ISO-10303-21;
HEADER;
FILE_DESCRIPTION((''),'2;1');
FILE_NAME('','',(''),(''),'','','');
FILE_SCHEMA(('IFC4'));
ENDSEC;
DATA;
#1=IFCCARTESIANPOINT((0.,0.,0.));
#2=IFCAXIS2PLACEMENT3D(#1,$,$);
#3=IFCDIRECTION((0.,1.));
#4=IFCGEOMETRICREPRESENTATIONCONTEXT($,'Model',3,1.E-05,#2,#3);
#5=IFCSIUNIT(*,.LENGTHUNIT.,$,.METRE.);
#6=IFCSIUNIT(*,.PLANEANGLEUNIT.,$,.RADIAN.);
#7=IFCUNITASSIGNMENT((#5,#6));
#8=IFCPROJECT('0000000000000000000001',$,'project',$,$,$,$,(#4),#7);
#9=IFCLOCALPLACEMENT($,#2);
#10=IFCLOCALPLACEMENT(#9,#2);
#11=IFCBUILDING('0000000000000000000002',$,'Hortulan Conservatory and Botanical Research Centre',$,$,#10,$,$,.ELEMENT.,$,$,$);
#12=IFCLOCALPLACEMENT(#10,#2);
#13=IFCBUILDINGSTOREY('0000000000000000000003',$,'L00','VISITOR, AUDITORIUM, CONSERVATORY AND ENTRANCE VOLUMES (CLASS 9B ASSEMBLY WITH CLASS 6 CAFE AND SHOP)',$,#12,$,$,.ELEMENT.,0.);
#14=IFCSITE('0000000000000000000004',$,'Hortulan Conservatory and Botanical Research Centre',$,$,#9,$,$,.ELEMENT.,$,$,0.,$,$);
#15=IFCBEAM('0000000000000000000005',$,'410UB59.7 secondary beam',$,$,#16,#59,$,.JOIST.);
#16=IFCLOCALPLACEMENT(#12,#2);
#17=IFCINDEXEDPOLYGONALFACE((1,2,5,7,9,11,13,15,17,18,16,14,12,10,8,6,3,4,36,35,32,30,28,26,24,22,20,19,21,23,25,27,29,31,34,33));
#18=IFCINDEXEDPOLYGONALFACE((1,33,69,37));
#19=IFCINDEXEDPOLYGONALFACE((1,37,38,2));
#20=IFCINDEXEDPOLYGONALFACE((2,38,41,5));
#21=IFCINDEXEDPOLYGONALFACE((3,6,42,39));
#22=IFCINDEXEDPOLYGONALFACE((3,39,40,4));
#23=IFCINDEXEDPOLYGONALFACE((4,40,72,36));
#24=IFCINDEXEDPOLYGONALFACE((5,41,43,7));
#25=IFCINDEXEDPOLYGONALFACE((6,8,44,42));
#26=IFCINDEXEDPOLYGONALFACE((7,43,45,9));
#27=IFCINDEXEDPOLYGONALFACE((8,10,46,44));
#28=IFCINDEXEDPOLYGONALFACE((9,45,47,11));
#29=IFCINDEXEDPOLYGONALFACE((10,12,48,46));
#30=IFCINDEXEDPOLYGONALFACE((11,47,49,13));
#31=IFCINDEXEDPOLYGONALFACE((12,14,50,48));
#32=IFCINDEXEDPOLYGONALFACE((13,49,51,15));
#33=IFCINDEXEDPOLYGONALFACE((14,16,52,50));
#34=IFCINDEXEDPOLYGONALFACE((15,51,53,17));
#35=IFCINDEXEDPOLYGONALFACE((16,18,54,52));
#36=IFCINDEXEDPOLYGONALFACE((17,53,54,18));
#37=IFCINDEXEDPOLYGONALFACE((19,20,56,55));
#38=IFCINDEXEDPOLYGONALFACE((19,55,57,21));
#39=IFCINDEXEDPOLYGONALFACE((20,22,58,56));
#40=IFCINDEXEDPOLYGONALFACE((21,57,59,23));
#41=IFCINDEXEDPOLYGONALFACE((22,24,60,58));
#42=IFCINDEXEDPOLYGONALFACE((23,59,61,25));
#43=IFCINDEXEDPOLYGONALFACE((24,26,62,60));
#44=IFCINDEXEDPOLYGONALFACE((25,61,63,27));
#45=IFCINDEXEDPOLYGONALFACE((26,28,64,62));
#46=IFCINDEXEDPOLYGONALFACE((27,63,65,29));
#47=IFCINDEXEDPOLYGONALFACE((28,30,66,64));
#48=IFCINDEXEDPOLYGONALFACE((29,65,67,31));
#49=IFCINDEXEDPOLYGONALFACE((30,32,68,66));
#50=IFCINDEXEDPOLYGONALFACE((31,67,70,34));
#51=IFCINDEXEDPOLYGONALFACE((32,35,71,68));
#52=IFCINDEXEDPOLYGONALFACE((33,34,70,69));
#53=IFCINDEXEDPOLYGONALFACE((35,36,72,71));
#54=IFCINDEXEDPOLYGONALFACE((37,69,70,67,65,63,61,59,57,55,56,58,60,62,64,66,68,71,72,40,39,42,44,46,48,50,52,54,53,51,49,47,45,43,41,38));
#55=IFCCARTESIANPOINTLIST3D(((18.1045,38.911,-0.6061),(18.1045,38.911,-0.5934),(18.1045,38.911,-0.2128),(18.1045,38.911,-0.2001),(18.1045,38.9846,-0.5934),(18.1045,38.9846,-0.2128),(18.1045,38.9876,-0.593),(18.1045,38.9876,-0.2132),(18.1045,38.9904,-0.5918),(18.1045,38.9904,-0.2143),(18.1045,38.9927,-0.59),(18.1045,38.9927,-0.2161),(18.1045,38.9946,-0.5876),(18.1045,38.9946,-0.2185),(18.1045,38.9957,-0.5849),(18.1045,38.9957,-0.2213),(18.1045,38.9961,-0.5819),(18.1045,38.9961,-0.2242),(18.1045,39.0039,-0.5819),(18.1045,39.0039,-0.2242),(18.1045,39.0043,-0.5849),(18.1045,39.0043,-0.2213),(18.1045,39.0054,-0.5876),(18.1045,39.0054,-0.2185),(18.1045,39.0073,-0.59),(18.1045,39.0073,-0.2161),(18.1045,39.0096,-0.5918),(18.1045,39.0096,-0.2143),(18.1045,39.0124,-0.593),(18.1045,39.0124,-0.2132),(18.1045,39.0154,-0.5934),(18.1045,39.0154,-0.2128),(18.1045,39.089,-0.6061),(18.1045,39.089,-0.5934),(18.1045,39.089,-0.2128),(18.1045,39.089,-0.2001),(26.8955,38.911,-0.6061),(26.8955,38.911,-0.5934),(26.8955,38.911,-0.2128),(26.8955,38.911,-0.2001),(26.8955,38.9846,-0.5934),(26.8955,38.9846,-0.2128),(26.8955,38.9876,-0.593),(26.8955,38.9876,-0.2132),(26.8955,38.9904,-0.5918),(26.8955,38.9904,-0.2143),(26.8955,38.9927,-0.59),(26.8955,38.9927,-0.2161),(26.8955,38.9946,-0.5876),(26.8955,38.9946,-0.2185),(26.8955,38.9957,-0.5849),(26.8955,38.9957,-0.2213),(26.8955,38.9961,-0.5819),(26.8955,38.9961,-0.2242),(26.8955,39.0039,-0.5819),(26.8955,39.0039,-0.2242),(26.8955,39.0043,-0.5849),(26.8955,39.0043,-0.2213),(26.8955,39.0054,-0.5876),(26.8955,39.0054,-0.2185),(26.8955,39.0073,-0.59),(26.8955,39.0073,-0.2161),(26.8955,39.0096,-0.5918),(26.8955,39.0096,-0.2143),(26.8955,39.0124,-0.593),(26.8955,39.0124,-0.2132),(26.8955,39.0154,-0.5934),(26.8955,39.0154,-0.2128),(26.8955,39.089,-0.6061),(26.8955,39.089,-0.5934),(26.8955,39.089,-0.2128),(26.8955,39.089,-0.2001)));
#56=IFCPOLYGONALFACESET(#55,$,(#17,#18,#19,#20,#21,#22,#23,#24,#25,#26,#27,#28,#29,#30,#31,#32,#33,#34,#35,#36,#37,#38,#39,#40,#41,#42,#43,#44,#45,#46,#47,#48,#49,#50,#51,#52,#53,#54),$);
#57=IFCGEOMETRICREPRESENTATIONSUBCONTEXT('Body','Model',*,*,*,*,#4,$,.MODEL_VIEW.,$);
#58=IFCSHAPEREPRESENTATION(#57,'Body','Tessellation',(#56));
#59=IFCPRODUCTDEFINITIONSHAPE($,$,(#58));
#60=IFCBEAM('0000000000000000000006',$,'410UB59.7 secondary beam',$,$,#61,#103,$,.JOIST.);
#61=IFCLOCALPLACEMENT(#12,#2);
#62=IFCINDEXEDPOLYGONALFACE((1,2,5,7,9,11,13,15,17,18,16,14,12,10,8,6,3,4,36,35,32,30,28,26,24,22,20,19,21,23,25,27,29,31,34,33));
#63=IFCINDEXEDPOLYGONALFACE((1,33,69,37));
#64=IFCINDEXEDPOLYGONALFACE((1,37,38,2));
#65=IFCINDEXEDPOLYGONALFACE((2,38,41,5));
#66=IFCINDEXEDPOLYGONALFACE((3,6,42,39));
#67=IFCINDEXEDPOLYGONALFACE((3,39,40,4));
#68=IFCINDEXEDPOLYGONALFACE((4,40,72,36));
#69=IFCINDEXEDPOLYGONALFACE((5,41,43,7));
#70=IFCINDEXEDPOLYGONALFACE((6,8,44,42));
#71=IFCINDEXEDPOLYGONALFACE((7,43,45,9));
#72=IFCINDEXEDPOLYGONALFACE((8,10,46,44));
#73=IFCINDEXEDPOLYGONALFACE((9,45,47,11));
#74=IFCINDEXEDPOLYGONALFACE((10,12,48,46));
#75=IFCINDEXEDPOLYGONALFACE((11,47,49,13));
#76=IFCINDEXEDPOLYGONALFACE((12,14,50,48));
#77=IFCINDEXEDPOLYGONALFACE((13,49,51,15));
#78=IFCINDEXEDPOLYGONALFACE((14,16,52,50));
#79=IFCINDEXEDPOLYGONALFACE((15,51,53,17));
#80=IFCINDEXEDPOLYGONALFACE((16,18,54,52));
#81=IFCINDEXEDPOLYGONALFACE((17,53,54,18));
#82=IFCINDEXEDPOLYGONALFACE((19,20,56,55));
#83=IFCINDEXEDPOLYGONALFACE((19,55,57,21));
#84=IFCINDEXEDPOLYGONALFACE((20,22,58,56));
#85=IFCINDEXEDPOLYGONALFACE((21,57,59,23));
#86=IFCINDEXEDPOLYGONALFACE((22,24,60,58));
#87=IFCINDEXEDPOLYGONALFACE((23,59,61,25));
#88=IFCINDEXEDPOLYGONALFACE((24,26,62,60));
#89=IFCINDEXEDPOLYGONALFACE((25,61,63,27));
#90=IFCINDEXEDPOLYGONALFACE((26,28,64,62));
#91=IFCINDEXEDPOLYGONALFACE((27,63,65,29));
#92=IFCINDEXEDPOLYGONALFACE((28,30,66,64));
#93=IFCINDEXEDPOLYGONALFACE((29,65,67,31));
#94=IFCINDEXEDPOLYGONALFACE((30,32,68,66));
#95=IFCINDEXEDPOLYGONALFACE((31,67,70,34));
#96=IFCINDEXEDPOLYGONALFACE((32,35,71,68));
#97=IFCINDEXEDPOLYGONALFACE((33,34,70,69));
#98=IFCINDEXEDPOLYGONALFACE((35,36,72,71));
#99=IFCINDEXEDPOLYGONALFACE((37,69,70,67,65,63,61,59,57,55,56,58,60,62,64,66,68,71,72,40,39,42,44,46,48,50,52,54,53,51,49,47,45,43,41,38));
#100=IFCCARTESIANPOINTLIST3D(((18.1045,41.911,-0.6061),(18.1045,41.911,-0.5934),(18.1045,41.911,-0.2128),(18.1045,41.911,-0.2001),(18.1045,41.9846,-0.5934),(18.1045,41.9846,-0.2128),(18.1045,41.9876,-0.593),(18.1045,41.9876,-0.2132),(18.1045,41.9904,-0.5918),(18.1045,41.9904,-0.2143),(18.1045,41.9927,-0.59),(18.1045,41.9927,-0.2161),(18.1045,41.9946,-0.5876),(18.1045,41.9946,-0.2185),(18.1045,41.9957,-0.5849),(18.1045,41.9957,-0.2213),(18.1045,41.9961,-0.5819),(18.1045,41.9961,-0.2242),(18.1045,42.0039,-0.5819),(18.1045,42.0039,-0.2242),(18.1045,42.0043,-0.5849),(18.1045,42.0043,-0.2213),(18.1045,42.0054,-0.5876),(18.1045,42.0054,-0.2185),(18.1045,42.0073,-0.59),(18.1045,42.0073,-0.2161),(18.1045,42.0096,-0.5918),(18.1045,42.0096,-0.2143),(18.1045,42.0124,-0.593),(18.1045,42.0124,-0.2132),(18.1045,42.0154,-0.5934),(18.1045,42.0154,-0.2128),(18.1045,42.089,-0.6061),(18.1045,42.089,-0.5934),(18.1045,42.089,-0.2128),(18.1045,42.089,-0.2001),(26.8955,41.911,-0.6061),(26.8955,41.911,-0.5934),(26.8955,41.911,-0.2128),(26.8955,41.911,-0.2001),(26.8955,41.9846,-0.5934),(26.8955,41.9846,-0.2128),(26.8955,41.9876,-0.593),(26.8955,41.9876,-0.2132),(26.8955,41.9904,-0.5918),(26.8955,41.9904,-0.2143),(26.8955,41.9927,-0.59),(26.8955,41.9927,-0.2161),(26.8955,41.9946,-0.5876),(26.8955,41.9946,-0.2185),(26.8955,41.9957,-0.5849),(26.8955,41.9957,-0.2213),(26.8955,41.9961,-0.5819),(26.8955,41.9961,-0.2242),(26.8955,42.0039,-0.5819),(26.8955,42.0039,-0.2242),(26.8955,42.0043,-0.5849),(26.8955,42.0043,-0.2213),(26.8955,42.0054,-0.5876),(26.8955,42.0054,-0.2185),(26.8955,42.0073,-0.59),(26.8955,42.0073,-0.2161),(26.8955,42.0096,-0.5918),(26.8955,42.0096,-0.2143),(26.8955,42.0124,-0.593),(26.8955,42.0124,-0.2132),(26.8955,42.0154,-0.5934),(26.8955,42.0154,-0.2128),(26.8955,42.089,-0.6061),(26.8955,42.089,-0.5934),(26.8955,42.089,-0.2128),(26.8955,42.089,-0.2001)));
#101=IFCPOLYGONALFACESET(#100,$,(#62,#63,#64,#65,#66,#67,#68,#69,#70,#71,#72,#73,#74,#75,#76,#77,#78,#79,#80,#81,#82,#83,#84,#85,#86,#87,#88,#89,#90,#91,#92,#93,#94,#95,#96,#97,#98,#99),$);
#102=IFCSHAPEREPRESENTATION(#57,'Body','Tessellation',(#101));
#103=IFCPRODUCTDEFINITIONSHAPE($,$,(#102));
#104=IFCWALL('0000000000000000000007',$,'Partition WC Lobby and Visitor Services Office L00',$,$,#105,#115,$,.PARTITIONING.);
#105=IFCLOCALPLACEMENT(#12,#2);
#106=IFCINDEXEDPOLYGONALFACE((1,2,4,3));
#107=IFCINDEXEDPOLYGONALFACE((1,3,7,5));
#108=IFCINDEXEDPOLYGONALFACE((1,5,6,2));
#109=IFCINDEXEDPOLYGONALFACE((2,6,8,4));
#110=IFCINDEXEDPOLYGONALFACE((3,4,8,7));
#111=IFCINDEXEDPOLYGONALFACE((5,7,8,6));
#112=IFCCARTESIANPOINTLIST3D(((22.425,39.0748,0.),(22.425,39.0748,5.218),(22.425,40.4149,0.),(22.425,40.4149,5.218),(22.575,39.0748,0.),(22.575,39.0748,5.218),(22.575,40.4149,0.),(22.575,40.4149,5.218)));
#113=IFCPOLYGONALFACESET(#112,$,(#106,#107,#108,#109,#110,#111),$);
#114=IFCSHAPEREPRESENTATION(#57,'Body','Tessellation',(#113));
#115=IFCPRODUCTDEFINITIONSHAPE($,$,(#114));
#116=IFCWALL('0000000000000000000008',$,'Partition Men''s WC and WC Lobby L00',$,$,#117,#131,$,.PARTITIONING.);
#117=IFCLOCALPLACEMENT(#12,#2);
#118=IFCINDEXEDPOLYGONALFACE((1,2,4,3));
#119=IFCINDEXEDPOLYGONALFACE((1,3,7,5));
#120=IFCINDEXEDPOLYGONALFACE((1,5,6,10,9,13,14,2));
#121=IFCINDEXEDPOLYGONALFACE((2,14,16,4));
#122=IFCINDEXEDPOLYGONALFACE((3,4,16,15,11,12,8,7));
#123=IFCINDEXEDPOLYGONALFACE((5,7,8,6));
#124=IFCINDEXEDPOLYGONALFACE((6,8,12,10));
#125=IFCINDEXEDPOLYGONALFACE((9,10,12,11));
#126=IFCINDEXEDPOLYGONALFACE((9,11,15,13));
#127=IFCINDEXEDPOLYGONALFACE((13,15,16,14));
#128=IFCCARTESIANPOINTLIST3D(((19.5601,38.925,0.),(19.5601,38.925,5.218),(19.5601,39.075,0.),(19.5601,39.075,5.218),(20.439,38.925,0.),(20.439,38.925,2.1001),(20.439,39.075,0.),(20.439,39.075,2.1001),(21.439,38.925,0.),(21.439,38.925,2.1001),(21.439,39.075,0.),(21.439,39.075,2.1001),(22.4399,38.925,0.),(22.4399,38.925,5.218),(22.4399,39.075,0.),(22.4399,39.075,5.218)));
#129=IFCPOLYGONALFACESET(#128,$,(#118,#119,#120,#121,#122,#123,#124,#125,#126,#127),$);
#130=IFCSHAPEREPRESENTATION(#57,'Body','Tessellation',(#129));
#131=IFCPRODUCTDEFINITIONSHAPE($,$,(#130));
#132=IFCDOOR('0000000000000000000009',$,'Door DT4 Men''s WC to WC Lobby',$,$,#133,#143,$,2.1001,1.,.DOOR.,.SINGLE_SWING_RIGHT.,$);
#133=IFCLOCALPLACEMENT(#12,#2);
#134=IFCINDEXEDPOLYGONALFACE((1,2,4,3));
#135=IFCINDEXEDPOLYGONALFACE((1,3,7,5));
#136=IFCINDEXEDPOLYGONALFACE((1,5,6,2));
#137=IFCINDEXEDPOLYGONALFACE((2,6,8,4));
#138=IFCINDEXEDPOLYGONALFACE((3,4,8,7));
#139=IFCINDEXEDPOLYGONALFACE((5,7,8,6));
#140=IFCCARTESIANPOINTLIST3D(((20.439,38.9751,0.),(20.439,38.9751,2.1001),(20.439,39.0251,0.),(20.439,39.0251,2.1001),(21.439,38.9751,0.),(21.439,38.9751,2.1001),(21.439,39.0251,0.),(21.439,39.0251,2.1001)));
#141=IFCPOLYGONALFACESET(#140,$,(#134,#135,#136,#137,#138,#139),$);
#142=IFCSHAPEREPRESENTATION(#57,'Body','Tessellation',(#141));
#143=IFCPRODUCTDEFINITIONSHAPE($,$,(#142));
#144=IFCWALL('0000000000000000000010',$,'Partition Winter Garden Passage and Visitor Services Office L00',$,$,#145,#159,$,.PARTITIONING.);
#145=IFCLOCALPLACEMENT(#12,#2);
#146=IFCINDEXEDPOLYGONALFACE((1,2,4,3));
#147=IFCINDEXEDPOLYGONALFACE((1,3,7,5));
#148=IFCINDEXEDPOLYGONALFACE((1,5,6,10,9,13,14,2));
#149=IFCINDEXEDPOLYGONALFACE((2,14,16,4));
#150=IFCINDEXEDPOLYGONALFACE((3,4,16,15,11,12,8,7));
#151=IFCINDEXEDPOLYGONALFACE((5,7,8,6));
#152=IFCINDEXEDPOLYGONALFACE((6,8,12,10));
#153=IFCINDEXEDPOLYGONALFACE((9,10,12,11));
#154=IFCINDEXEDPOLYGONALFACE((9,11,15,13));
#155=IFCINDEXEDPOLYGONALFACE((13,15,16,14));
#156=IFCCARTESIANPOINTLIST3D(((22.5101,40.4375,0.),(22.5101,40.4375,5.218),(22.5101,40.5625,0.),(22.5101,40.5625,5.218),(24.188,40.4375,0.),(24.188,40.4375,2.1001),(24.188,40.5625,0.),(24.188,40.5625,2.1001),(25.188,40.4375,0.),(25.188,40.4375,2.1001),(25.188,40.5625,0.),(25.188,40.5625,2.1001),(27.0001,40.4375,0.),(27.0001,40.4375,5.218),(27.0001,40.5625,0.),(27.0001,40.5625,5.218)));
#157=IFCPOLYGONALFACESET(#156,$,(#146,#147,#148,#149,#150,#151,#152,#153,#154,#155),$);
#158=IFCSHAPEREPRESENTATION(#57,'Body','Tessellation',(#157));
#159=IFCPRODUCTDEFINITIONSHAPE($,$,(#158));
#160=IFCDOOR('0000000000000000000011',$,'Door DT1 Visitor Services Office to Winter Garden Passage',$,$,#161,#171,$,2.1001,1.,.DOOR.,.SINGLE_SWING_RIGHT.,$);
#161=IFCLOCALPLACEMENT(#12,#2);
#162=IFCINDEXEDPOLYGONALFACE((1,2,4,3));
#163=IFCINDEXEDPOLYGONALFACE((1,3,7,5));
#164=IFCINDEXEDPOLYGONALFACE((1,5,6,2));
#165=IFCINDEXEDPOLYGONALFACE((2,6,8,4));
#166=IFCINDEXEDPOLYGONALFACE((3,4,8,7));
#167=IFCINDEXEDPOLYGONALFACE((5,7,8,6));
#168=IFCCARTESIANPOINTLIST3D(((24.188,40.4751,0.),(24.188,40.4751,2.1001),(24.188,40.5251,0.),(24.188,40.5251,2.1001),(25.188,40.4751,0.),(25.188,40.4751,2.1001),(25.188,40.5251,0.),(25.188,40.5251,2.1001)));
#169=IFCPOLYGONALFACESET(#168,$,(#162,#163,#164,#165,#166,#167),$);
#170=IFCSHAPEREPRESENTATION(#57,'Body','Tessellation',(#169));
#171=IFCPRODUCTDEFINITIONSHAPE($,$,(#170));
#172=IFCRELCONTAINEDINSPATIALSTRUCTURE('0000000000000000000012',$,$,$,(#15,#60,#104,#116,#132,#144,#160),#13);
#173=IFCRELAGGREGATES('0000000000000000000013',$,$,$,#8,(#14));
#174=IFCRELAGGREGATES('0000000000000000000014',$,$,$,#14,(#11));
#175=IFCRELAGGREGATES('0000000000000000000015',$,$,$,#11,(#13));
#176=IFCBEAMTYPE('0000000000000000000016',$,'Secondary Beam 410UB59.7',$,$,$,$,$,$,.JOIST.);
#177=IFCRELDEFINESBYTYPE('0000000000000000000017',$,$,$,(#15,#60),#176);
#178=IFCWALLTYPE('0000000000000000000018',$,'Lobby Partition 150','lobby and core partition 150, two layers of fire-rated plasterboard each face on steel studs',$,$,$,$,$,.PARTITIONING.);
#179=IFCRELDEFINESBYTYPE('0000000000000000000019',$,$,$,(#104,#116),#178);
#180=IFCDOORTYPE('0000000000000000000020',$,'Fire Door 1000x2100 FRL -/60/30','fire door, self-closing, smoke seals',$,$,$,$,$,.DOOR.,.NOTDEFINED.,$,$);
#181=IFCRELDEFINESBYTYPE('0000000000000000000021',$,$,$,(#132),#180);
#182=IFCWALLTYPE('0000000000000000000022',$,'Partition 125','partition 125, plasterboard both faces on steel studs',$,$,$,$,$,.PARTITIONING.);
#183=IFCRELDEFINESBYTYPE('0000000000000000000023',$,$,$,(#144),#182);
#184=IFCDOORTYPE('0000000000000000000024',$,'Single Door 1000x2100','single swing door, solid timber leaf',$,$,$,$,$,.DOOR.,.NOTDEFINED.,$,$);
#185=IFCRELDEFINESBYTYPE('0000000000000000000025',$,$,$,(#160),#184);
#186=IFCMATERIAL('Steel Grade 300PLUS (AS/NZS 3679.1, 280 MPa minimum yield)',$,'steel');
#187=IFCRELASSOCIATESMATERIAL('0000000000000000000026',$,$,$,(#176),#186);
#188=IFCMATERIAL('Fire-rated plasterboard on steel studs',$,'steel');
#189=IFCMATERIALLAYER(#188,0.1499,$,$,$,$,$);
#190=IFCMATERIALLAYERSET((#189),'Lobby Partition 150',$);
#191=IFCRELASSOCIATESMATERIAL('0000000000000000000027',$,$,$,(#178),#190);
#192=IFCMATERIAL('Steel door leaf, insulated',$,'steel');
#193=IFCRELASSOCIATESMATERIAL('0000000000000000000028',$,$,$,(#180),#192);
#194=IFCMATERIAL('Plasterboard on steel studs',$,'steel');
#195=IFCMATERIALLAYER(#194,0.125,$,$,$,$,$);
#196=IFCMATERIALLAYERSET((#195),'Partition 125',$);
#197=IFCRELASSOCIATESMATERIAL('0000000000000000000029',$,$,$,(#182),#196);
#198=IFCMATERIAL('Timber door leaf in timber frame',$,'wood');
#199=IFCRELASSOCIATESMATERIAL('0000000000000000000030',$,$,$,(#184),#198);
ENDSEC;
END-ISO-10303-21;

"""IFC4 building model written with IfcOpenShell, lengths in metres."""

from ifc_helpers import new_model, si_unit, direction, frame, frame_2d, origin, origin_2d, place, context, subcontext, project, spatial, rectangle, i_section, extrude, material, layer, layer_set, material_profile, profile_set, type_object, element, fill, save


model = new_model("IFC4")

# Units and contexts
model_context = context("Model", 3, precision=1e-05, world=origin(), true_north=direction((0.0, 1.0)))
body_context = subcontext(model_context, "Body", "Model", "MODEL_VIEW")
ifc_project = project(units=[si_unit("LENGTHUNIT", "METRE"), si_unit("PLANEANGLEUNIT", "RADIAN")], contexts=[model_context])

# Site, building, storey
site_placement = place(None, origin())
site = spatial("IfcSite", under=ifc_project, at=site_placement, Name="Hortulan Conservatory and Botanical Research Centre", CompositionType="ELEMENT", RefElevation=0.0)
building_placement = place(site_placement, origin())
building = spatial("IfcBuilding", under=site, at=building_placement, Name="Hortulan Conservatory and Botanical Research Centre", CompositionType="ELEMENT")
storey_placement = place(building_placement, origin())
storey = spatial("IfcBuildingStorey", under=building, at=storey_placement, Name="L00", Description="VISITOR, AUDITORIUM, CONSERVATORY AND ENTRANCE VOLUMES (CLASS 9B ASSEMBLY WITH CLASS 6 CAFE AND SHOP)", CompositionType="ELEMENT", Elevation=0.0)

# Shared definitions
ifc_material_1 = material(Name="Steel Grade 300PLUS (AS/NZS 3679.1, 280 MPa minimum yield)", Category="steel")

# Beams
ifc_material_profile_1 = material_profile(ifc_material_1, i_section(OverallWidth=0.178, OverallDepth=0.406, WebThickness=0.0078, FlangeThickness=0.0127, FilletRadius=0.0115, at=origin_2d()), Name="410UB59.7")
ifc_profile_set_1 = profile_set([ifc_material_profile_1], Name="Steel Grade 300PLUS (AS/NZS 3679.1, 280 MPa minimum yield)")
beam_type_1 = type_object("IfcBeamType", Name="Secondary Beam 410UB59.7", PredefinedType="JOIST", material=ifc_profile_set_1)
for number, where, z_axis, x_axis, name in (
    (1, (18.1045, 39.0, -0.4031), (1.0, 0.0, 0.0), (0.0, 1.0, 0.0), "410UB59.7 secondary beam"),
    (2, (18.1045, 42.0, -0.4031), (1.0, 0.0, 0.0), (0.0, 1.0, 0.0), "410UB59.7 secondary beam"),
):
    element("IfcBeam", number, at=place(storey_placement, frame(where, z_axis=z_axis, x_axis=x_axis)), inside=storey, type_object=beam_type_1, Name=name, PredefinedType="JOIST", context=body_context, shape_type="SweptSolid", body=[
        extrude(i_section(OverallWidth=0.178, OverallDepth=0.406, WebThickness=0.0078, FlangeThickness=0.0127, FilletRadius=0.0115, at=origin_2d()), origin(), (0.0, 0.0, 1.0), 8.791),
    ])

# Wall
ifc_material_2 = material(Name="Fire-rated plasterboard on steel studs", Category="steel")
ifc_layer_1 = layer(ifc_material_2, 0.1499)
ifc_layer_set_1 = layer_set([ifc_layer_1], Name="Lobby Partition 150")
wall_type_1 = type_object("IfcWallType", Name="Lobby Partition 150", Description="lobby and core partition 150, two layers of fire-rated plasterboard each face on steel studs", PredefinedType="PARTITIONING", material=ifc_layer_set_1)
wall_1_placement = place(storey_placement, frame((22.5, 39.075, 0.0), z_axis=(0.0, 0.0, 1.0), x_axis=(0.0, 1.0, 0.0)))
element("IfcWall", 3, at=wall_1_placement, inside=storey, type_object=wall_type_1, Name="Partition WC Lobby and Visitor Services Office L00", PredefinedType="PARTITIONING", context=body_context, shape_type="SweptSolid", body=[
    extrude(rectangle(XDim=1.3401, YDim=0.1499, at=frame_2d((0.6699, 0.0))), origin(), (0.0, 0.0, 1.0), 5.218),
])

# Walls, openings, doors
wall_2_placement = place(storey_placement, frame((19.5601, 39.0, 0.0), z_axis=(0.0, 0.0, 1.0), x_axis=(1.0, 0.0, 0.0)))
wall_2 = element("IfcWall", 4, at=wall_2_placement, inside=storey, type_object=wall_type_1, Name="Partition Men's WC and WC Lobby L00", PredefinedType="PARTITIONING", context=body_context, shape_type="SweptSolid", body=[
    extrude(rectangle(XDim=2.8799, YDim=0.1499, at=frame_2d((1.4399, 0.0))), origin(), (0.0, 0.0, 1.0), 5.218),
])
opening_1_placement = place(wall_2_placement, frame((0.8789, 0.0, 0.0)))
opening_1 = element("IfcOpeningElement", 5, at=opening_1_placement, cuts=wall_2, PredefinedType="OPENING", context=body_context, shape_type="SweptSolid", body=[
    extrude(rectangle(XDim=1.0, YDim=2.1001, at=frame_2d((0.5, 1.05))), frame((0.0, 0.085, 0.0), z_axis=(0.0, -1.0, 0.0), x_axis=(1.0, 0.0, 0.0)), (0.0, 0.0, 1.0), 0.1699),
])
ifc_material_3 = material(Name="Steel door leaf, insulated", Category="steel")
door_type_1 = type_object("IfcDoorType", Name="Fire Door 1000x2100 FRL -/60/30", Description="fire door, self-closing, smoke seals", OperationType="NOTDEFINED", PredefinedType="DOOR", material=ifc_material_3)
door_1_placement = place(opening_1_placement, frame((1.0, 0.0, 0.0), z_axis=(0.0, 0.0, 1.0), x_axis=(-1.0, 0.0, 0.0)))
door_1 = element("IfcDoor", 6, at=door_1_placement, inside=storey, type_object=door_type_1, Name="Door DT4 Men's WC to WC Lobby", OperationType="SINGLE_SWING_RIGHT", OverallHeight=2.1001, OverallWidth=1.0, PredefinedType="DOOR", context=body_context, shape_type="SweptSolid", body=[
    extrude(rectangle(XDim=1.0, YDim=2.1001, at=frame_2d((0.5, 1.05))), frame((0.0, 0.0249, 0.0), z_axis=(0.0, -1.0, 0.0), x_axis=(1.0, 0.0, 0.0)), (0.0, 0.0, 1.0), 0.05),
])
fill(opening_1, door_1)
ifc_material_4 = material(Name="Plasterboard on steel studs", Category="steel")
ifc_layer_2 = layer(ifc_material_4, 0.125)
ifc_layer_set_2 = layer_set([ifc_layer_2], Name="Partition 125")
wall_type_2 = type_object("IfcWallType", Name="Partition 125", Description="partition 125, plasterboard both faces on steel studs", PredefinedType="PARTITIONING", material=ifc_layer_set_2)
wall_3_placement = place(storey_placement, frame((22.51, 40.5, 0.0), z_axis=(0.0, 0.0, 1.0), x_axis=(1.0, 0.0, 0.0)))
wall_3 = element("IfcWall", 7, at=wall_3_placement, inside=storey, type_object=wall_type_2, Name="Partition Winter Garden Passage and Visitor Services Office L00", PredefinedType="PARTITIONING", context=body_context, shape_type="SweptSolid", body=[
    extrude(rectangle(XDim=4.49, YDim=0.125, at=frame_2d((2.2451, 0.0))), origin(), (0.0, 0.0, 1.0), 5.218),
])
opening_2_placement = place(wall_3_placement, frame((1.678, 0.0, 0.0)))
opening_2 = element("IfcOpeningElement", 8, at=opening_2_placement, cuts=wall_3, PredefinedType="OPENING", context=body_context, shape_type="SweptSolid", body=[
    extrude(rectangle(XDim=1.0, YDim=2.1001, at=frame_2d((0.5, 1.05))), frame((0.0, 0.0725, 0.0), z_axis=(0.0, -1.0, 0.0), x_axis=(1.0, 0.0, 0.0)), (0.0, 0.0, 1.0), 0.145),
])
ifc_material_5 = material(Name="Timber door leaf in timber frame", Category="wood")
door_type_2 = type_object("IfcDoorType", Name="Single Door 1000x2100", Description="single swing door, solid timber leaf", OperationType="NOTDEFINED", PredefinedType="DOOR", material=ifc_material_5)
door_2_placement = place(opening_2_placement, frame((1.0, 0.0, 0.0), z_axis=(0.0, 0.0, 1.0), x_axis=(-1.0, 0.0, 0.0)))
door_2 = element("IfcDoor", 9, at=door_2_placement, inside=storey, type_object=door_type_2, Name="Door DT1 Visitor Services Office to Winter Garden Passage", OperationType="SINGLE_SWING_RIGHT", OverallHeight=2.1001, OverallWidth=1.0, PredefinedType="DOOR", context=body_context, shape_type="SweptSolid", body=[
    extrude(rectangle(XDim=1.0, YDim=2.1001, at=frame_2d((0.5, 1.05))), frame((0.0, 0.0249, 0.0), z_axis=(0.0, -1.0, 0.0), x_axis=(1.0, 0.0, 0.0)), (0.0, 0.0, 1.0), 0.05),
])
fill(opening_2, door_2)

save(model, "model.ifc")
